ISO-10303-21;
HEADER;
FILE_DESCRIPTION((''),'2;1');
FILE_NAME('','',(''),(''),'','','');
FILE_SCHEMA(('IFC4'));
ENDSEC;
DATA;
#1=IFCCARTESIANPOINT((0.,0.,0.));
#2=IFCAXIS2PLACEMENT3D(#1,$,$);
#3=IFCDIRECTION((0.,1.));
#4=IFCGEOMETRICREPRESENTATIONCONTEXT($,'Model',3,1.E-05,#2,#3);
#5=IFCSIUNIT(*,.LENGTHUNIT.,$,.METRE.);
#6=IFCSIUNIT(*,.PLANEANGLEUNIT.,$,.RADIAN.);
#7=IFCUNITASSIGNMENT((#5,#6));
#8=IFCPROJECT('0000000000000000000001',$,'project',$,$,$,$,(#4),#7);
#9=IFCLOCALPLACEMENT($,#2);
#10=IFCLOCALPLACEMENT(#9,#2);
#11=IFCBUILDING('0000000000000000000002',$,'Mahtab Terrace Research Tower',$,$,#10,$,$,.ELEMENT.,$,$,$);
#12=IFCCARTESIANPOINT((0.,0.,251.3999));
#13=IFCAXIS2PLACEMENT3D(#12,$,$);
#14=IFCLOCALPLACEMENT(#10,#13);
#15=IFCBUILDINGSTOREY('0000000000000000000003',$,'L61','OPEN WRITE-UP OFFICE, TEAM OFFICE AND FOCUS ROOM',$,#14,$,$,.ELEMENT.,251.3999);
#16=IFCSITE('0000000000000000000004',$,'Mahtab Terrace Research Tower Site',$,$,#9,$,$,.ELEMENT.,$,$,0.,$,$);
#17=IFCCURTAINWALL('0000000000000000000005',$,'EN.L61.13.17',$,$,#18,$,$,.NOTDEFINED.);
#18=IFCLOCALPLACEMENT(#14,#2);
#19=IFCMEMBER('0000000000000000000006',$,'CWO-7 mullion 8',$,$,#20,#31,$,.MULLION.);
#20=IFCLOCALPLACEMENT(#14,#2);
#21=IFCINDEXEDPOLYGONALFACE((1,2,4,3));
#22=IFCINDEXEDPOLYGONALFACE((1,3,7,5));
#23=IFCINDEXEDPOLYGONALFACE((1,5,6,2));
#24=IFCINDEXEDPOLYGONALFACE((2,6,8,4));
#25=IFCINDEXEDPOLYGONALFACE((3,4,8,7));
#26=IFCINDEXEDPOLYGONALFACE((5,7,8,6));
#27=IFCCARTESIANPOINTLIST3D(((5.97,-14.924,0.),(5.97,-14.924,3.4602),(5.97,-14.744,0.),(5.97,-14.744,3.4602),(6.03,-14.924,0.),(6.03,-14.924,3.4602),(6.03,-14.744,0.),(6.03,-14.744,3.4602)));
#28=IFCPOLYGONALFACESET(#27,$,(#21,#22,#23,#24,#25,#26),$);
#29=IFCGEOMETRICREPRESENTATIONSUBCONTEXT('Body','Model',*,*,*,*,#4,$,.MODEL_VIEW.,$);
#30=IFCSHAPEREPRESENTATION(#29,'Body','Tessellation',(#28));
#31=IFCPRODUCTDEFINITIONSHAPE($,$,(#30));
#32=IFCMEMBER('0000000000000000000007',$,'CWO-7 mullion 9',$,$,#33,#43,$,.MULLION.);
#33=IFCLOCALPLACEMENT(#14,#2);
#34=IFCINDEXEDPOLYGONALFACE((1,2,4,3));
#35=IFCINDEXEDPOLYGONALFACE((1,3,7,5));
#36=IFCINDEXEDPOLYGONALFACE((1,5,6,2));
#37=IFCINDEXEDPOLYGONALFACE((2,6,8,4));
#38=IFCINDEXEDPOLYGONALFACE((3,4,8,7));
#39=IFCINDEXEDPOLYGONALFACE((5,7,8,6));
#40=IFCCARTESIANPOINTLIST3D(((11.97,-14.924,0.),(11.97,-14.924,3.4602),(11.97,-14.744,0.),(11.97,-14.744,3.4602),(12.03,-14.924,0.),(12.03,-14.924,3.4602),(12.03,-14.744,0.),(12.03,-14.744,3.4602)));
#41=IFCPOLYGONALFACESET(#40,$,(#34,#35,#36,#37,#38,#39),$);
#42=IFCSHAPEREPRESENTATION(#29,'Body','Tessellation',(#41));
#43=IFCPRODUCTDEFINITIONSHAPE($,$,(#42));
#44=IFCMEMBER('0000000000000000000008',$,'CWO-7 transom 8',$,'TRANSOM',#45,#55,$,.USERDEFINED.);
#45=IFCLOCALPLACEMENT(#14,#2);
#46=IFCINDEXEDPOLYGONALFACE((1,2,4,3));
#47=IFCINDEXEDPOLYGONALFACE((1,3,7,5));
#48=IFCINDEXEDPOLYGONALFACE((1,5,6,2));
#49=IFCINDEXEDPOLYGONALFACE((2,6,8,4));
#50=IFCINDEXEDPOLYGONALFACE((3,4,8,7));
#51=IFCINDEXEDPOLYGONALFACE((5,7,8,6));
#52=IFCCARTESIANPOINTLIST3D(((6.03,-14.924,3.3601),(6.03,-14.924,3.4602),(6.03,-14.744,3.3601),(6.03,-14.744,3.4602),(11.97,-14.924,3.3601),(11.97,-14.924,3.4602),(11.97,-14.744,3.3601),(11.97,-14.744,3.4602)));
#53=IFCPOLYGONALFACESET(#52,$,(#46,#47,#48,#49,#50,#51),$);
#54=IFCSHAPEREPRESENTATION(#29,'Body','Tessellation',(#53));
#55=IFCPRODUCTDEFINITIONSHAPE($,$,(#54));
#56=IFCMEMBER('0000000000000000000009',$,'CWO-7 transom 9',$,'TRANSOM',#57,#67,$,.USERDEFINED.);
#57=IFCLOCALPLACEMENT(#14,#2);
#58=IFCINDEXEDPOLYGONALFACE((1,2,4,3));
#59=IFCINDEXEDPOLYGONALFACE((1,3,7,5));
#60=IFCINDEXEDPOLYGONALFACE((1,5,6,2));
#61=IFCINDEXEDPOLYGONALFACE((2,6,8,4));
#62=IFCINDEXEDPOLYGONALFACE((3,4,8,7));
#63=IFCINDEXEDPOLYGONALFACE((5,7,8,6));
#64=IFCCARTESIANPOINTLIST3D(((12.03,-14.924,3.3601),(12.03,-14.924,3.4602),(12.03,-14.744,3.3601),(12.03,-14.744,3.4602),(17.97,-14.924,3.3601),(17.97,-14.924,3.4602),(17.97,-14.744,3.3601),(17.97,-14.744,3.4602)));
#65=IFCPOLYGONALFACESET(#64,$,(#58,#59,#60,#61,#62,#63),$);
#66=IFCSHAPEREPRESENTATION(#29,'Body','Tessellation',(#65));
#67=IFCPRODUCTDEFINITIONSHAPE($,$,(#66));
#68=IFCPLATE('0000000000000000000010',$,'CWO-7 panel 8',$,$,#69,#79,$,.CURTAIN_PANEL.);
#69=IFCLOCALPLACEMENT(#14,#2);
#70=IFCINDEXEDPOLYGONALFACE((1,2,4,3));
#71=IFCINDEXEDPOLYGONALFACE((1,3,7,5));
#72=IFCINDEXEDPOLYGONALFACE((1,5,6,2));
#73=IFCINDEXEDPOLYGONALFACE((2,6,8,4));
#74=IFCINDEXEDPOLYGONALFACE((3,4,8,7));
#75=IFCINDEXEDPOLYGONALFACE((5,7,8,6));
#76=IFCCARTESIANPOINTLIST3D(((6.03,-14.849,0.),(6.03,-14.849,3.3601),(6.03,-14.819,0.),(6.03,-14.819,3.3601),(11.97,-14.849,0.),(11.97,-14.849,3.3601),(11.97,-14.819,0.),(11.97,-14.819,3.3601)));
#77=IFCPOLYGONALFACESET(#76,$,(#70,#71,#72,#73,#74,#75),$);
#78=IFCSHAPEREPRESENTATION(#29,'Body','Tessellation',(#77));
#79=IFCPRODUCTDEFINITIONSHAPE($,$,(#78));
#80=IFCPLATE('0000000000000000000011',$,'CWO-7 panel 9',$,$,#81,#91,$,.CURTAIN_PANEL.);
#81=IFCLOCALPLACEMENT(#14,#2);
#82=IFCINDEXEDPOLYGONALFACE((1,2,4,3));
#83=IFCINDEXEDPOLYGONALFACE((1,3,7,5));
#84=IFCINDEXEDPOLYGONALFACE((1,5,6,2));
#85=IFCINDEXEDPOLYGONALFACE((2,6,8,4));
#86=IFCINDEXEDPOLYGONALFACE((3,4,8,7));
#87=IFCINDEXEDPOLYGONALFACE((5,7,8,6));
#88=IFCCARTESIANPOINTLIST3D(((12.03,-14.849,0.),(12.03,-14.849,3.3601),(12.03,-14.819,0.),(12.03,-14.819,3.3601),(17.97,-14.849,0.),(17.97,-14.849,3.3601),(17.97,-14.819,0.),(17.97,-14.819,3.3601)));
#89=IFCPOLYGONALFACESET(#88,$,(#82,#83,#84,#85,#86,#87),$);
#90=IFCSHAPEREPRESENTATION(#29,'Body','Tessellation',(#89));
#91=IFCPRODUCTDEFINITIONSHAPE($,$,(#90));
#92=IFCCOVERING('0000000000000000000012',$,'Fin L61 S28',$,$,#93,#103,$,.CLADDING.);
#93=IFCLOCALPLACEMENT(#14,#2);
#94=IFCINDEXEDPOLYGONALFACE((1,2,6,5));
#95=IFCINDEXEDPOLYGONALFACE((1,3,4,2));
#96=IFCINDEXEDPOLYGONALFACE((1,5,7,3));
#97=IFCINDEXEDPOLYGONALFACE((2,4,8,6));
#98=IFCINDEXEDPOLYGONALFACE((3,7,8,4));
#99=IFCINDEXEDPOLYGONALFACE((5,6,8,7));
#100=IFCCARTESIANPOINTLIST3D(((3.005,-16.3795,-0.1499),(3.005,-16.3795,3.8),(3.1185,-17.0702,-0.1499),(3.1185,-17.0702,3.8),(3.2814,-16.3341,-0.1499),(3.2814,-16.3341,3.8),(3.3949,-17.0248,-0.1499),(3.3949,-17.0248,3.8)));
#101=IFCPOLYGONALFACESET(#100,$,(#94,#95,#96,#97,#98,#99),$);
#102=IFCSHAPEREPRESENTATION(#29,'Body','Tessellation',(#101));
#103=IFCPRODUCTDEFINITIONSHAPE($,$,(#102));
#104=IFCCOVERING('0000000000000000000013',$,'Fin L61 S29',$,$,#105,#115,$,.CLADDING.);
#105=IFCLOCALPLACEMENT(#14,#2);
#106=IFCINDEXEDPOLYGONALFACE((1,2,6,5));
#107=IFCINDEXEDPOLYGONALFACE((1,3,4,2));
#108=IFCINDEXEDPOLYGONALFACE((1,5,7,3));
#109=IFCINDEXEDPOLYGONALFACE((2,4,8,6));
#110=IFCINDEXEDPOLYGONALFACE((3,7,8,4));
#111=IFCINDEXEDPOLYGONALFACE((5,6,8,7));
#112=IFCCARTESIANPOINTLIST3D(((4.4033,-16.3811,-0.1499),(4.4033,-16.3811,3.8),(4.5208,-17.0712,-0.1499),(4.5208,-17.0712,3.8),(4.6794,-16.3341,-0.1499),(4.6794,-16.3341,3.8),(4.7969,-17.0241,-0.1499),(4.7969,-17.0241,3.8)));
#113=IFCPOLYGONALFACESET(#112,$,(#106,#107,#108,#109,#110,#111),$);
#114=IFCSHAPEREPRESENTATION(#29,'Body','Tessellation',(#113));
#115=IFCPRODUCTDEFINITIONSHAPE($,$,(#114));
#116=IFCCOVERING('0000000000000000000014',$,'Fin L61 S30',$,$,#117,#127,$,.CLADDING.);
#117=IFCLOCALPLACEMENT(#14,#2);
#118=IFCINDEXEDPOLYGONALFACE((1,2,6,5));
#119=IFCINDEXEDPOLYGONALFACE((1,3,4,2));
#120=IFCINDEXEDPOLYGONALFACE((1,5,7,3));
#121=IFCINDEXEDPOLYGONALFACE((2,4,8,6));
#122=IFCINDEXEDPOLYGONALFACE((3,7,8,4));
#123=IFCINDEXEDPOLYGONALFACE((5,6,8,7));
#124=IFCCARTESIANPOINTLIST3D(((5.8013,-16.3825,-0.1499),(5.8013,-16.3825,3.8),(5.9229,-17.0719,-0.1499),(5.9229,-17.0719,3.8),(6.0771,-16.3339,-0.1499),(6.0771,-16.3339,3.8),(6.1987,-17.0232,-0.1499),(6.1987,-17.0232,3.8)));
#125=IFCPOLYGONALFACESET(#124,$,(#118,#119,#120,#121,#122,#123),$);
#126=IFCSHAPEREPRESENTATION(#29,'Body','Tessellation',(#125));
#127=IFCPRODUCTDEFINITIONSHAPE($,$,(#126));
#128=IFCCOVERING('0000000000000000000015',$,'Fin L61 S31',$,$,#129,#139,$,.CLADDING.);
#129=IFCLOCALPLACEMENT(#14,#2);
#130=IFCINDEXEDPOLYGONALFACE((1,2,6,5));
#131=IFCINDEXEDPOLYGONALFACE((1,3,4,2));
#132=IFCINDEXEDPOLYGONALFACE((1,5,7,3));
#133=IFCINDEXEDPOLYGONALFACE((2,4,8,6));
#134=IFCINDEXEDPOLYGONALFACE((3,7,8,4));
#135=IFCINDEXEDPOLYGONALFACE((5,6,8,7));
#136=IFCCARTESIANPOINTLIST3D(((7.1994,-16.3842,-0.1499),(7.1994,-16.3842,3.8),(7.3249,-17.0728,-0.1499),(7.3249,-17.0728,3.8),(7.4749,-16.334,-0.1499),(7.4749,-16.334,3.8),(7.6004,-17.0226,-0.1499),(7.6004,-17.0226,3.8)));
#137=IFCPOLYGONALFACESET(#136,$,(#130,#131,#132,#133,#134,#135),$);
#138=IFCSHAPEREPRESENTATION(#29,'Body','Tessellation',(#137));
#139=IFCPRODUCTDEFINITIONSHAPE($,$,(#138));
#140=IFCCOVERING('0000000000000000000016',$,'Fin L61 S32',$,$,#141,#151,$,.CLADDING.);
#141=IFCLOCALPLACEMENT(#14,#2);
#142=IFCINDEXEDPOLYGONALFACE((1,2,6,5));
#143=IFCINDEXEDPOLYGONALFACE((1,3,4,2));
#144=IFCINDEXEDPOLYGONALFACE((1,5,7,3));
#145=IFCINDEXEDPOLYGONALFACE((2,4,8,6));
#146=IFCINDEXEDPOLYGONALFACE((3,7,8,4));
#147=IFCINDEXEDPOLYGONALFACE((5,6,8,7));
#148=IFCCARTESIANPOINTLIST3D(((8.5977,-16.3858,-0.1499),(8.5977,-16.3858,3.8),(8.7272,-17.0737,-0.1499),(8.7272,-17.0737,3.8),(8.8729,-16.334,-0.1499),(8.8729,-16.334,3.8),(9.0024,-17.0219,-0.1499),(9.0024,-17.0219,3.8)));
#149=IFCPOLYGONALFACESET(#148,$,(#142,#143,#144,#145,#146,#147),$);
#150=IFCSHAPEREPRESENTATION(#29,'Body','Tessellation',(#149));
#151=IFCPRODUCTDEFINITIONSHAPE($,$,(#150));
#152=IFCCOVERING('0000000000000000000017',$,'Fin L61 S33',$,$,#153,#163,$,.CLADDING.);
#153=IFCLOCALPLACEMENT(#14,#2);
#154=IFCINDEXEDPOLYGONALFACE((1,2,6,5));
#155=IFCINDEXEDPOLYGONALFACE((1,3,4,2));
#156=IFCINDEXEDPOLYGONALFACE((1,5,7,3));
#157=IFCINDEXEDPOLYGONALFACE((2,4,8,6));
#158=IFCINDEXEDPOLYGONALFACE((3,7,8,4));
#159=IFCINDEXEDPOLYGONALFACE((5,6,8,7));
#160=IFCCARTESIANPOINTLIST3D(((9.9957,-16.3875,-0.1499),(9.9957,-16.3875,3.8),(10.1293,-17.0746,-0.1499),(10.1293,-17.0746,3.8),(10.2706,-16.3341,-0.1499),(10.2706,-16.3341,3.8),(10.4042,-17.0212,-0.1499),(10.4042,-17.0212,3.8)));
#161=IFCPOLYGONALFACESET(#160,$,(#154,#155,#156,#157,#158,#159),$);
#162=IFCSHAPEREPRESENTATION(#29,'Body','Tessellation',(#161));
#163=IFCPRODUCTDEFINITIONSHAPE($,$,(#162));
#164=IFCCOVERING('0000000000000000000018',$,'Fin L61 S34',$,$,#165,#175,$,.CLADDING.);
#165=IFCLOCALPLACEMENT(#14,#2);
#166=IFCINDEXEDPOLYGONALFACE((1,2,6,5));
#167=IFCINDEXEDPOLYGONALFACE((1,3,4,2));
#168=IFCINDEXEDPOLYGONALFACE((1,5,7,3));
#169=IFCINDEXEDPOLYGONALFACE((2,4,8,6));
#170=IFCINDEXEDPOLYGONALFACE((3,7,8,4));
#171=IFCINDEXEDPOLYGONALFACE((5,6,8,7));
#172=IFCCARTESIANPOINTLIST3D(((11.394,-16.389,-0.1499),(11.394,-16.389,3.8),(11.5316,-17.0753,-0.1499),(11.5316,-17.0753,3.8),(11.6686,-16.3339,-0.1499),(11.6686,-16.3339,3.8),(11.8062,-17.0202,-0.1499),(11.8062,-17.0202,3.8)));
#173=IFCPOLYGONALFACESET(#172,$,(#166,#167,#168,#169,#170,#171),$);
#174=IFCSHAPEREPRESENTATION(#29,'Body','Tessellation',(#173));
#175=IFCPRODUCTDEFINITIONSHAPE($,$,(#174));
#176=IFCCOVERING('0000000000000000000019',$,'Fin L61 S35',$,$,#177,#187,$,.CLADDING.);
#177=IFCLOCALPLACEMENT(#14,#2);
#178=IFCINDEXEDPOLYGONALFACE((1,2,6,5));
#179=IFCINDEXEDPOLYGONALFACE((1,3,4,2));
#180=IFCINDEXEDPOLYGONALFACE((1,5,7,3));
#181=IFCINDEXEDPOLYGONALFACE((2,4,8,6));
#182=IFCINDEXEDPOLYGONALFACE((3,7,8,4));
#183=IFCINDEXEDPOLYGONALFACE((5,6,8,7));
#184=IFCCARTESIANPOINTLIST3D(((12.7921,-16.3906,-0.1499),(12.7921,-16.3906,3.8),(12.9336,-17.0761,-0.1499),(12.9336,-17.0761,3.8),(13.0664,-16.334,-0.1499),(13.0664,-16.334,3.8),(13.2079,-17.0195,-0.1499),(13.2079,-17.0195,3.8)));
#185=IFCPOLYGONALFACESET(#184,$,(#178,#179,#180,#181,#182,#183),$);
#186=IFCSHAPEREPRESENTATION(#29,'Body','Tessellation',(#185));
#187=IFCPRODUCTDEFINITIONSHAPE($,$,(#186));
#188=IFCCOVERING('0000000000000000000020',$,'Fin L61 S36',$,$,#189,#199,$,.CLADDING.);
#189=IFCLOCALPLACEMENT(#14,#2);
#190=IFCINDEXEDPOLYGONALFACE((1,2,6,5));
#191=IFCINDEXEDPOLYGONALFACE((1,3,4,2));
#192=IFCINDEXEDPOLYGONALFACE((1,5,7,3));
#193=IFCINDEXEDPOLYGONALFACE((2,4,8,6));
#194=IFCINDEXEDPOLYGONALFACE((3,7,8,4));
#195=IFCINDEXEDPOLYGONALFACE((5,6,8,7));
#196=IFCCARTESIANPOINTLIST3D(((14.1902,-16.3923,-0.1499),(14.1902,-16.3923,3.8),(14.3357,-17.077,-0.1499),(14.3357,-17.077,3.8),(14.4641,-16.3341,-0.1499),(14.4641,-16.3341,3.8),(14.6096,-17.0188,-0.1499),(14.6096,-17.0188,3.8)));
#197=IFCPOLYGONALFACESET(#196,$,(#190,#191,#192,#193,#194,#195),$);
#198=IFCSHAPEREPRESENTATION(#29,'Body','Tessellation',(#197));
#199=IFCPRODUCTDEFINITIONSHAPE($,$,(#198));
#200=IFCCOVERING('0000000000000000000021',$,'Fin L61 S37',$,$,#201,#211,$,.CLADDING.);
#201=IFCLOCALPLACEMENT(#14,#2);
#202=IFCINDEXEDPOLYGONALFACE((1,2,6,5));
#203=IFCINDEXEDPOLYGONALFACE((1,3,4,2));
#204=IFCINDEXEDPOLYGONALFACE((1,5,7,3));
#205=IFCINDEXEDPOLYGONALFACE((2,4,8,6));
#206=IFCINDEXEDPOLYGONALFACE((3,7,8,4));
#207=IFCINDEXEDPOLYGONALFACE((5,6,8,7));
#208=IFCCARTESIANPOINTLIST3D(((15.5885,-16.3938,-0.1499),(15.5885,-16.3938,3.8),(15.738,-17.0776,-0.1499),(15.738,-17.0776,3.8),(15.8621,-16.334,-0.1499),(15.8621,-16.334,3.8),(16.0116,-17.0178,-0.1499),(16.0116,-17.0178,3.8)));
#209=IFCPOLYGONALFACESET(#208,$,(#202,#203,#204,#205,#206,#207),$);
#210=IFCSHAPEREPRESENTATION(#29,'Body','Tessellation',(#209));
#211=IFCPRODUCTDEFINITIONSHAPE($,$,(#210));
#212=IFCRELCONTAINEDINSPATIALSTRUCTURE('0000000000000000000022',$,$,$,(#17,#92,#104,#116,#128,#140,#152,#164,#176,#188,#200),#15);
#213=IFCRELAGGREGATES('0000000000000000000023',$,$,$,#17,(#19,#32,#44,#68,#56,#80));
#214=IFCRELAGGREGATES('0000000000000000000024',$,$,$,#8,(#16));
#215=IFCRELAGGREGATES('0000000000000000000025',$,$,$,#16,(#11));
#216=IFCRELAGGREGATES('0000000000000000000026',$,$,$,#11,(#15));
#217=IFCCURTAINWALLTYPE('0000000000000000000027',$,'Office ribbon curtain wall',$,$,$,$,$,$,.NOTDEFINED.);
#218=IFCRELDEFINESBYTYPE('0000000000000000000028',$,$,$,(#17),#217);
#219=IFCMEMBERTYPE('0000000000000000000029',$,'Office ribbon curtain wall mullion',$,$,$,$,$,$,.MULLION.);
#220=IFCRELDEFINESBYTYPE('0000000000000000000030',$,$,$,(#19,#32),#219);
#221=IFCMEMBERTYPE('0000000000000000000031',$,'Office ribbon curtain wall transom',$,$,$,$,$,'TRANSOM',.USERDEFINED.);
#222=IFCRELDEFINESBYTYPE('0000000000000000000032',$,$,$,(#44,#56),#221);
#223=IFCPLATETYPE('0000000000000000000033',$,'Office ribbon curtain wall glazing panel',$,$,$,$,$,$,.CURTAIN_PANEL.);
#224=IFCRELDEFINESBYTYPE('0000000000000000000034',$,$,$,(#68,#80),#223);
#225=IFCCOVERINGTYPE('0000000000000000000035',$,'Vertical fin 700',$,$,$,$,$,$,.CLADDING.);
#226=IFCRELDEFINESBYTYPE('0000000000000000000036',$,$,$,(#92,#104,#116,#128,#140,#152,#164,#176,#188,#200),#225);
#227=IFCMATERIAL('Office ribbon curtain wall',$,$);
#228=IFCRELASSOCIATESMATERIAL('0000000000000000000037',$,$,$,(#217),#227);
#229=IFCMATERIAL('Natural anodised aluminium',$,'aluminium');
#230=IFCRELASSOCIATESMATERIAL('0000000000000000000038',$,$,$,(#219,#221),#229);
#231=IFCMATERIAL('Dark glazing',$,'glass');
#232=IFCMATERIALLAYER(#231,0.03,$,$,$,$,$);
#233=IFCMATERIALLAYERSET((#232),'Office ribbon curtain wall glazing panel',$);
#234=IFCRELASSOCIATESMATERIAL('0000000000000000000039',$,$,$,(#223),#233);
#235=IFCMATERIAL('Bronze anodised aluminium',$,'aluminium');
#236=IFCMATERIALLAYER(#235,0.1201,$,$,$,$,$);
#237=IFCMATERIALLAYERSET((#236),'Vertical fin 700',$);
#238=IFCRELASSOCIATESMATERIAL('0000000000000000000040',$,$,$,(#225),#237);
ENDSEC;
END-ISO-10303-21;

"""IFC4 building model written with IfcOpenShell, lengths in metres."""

from ifc_helpers import new_model, si_unit, direction, frame, origin, origin_2d, place, context, subcontext, project, spatial, rectangle, extrude, material, layer, layer_set, material_profile, profile_set, type_object, element, aggregate, save


model = new_model("IFC4")

# Units and contexts
model_context = context("Model", 3, precision=1e-05, world=origin(), true_north=direction((0.0, 1.0)))
body_context = subcontext(model_context, "Body", "Model", "MODEL_VIEW")
ifc_project = project(units=[si_unit("LENGTHUNIT", "METRE"), si_unit("PLANEANGLEUNIT", "RADIAN")], contexts=[model_context])

# Site, building, storey
site_placement = place(None, origin())
site = spatial("IfcSite", under=ifc_project, at=site_placement, Name="Mahtab Terrace Research Tower Site", CompositionType="ELEMENT", RefElevation=0.0)
building_placement = place(site_placement, origin())
building = spatial("IfcBuilding", under=site, at=building_placement, Name="Mahtab Terrace Research Tower", CompositionType="ELEMENT")
storey_placement = place(building_placement, frame((0.0, 0.0, 251.3999)))
storey = spatial("IfcBuildingStorey", under=building, at=storey_placement, Name="L61", Description="OPEN WRITE-UP OFFICE, TEAM OFFICE AND FOCUS ROOM", CompositionType="ELEMENT", Elevation=251.3999)

# Curtain wall, members, plates
ifc_material_1 = material(Name="Office ribbon curtain wall")
curtain_wall_type = type_object("IfcCurtainWallType", Name="Office ribbon curtain wall", PredefinedType="NOTDEFINED", material=ifc_material_1)
curtain_wall_placement = place(storey_placement, origin())
curtain_wall = element("IfcCurtainWall", 1, at=curtain_wall_placement, inside=storey, type_object=curtain_wall_type, Name="EN.L61.13.17", PredefinedType="NOTDEFINED")
ifc_material_2 = material(Name="Natural anodised aluminium", Category="aluminium")
ifc_material_profile_1 = material_profile(ifc_material_2, rectangle(XDim=0.1799, YDim=0.0601, at=origin_2d()), Name="MULLION 60x180")
ifc_profile_set_1 = profile_set([ifc_material_profile_1], Name="Natural anodised aluminium")
member_type_1 = type_object("IfcMemberType", Name="Office ribbon curtain wall mullion", PredefinedType="MULLION", material=ifc_profile_set_1)
member_1_placement = place(storey_placement, frame((6.0, -14.834, 0.0), z_axis=(0.0, 0.0, 1.0), x_axis=(0.0, 1.0, 0.0)))
member_1 = element("IfcMember", 2, at=member_1_placement, type_object=member_type_1, Name="CWO-7 mullion 8", PredefinedType="MULLION", context=body_context, shape_type="SweptSolid", body=[
    extrude(rectangle(XDim=0.1799, YDim=0.0601, at=origin_2d()), origin(), (0.0, 0.0, 1.0), 3.4602),
])
member_2_placement = place(storey_placement, frame((12.0, -14.834, 0.0), z_axis=(0.0, 0.0, 1.0), x_axis=(0.0, 1.0, 0.0)))
member_2 = element("IfcMember", 3, at=member_2_placement, type_object=member_type_1, Name="CWO-7 mullion 9", PredefinedType="MULLION", context=body_context, shape_type="SweptSolid", body=[
    extrude(rectangle(XDim=0.1799, YDim=0.0601, at=origin_2d()), origin(), (0.0, 0.0, 1.0), 3.4602),
])
ifc_material_profile_2 = material_profile(ifc_material_2, rectangle(XDim=0.1799, YDim=0.1001, at=origin_2d()), Name="TRANSOM 100x180")
ifc_profile_set_2 = profile_set([ifc_material_profile_2], Name="Natural anodised aluminium")
member_type_2 = type_object("IfcMemberType", Name="Office ribbon curtain wall transom", ElementType="TRANSOM", PredefinedType="USERDEFINED", material=ifc_profile_set_2)
member_3_placement = place(storey_placement, frame((6.03, -14.834, 3.4102), z_axis=(1.0, 0.0, 0.0), x_axis=(0.0, 1.0, 0.0)))
member_3 = element("IfcMember", 4, at=member_3_placement, type_object=member_type_2, Name="CWO-7 transom 8", ObjectType="TRANSOM", PredefinedType="USERDEFINED", context=body_context, shape_type="SweptSolid", body=[
    extrude(rectangle(XDim=0.1799, YDim=0.1001, at=origin_2d()), origin(), (0.0, 0.0, 1.0), 5.9399),
])
member_4_placement = place(storey_placement, frame((12.03, -14.834, 3.4102), z_axis=(1.0, 0.0, 0.0), x_axis=(0.0, 1.0, 0.0)))
member_4 = element("IfcMember", 5, at=member_4_placement, type_object=member_type_2, Name="CWO-7 transom 9", ObjectType="TRANSOM", PredefinedType="USERDEFINED", context=body_context, shape_type="SweptSolid", body=[
    extrude(rectangle(XDim=0.1799, YDim=0.1001, at=origin_2d()), origin(), (0.0, 0.0, 1.0), 5.9399),
])
ifc_material_3 = material(Name="Dark glazing", Category="glass")
ifc_layer_1 = layer(ifc_material_3, 0.03)
ifc_layer_set_1 = layer_set([ifc_layer_1], Name="Office ribbon curtain wall glazing panel")
plate_type = type_object("IfcPlateType", Name="Office ribbon curtain wall glazing panel", PredefinedType="CURTAIN_PANEL", material=ifc_layer_set_1)
plate_1_placement = place(storey_placement, frame((9.0, -14.834, 0.0), z_axis=(0.0, 0.0, 1.0), x_axis=(1.0, 0.0, 0.0)))
plate_1 = element("IfcPlate", 6, at=plate_1_placement, type_object=plate_type, Name="CWO-7 panel 8", PredefinedType="CURTAIN_PANEL", context=body_context, shape_type="SweptSolid", body=[
    extrude(rectangle(XDim=5.9399, YDim=0.03, at=origin_2d()), origin(), (0.0, 0.0, 1.0), 3.3601),
])
plate_2_placement = place(storey_placement, frame((15.0, -14.834, 0.0), z_axis=(0.0, 0.0, 1.0), x_axis=(1.0, 0.0, 0.0)))
plate_2 = element("IfcPlate", 7, at=plate_2_placement, type_object=plate_type, Name="CWO-7 panel 9", PredefinedType="CURTAIN_PANEL", context=body_context, shape_type="SweptSolid", body=[
    extrude(rectangle(XDim=5.9399, YDim=0.03, at=origin_2d()), origin(), (0.0, 0.0, 1.0), 3.3601),
])
aggregate(curtain_wall, [member_1, member_2, member_3, plate_1, member_4, plate_2])

# Coverings
ifc_material_4 = material(Name="Bronze anodised aluminium", Category="aluminium")
ifc_layer_2 = layer(ifc_material_4, 0.1201)
ifc_layer_set_2 = layer_set([ifc_layer_2], Name="Vertical fin 700")
covering_type = type_object("IfcCoveringType", Name="Vertical fin 700", PredefinedType="CLADDING", material=ifc_layer_set_2)
for number, where, z_axis, x_axis, name in (
    (8, (3.2, -16.7021, -0.1499), (0.0, 0.0, 1.0), (0.986762, 0.162178, 0.0), "Fin L61 S28"),
    (9, (4.6001, -16.7026, -0.1499), (0.0, 0.0, 1.0), (0.985801, 0.167916, 0.0), "Fin L61 S29"),
    (10, (6.0, -16.7029, -0.1499), (0.0, 0.0, 1.0), (0.984808, 0.173648, 0.0), "Fin L61 S30"),
    (11, (7.3999, -16.7034, -0.1499), (0.0, 0.0, 1.0), (0.983781, 0.179375, 0.0), "Fin L61 S31"),
    (12, (8.8, -16.7039, -0.1499), (0.0, 0.0, 1.0), (0.982721, 0.185095, 0.0), "Fin L61 S32"),
    (13, (10.2, -16.7043, -0.1499), (0.0, 0.0, 1.0), (0.981627, 0.190809, 0.0), "Fin L61 S33"),
    (14, (11.6001, -16.7046, -0.1499), (0.0, 0.0, 1.0), (0.9805, 0.196517, 0.0), "Fin L61 S34"),
    (15, (13.0, -16.7051, -0.1499), (0.0, 0.0, 1.0), (0.979341, 0.202218, 0.0), "Fin L61 S35"),
    (16, (14.3999, -16.7056, -0.1499), (0.0, 0.0, 1.0), (0.978148, 0.207912, 0.0), "Fin L61 S36"),
    (17, (15.8, -16.7058, -0.1499), (0.0, 0.0, 1.0), (0.976921, 0.213599, 0.0), "Fin L61 S37"),
):
    element("IfcCovering", number, at=place(storey_placement, frame(where, z_axis=z_axis, x_axis=x_axis)), inside=storey, type_object=covering_type, Name=name, PredefinedType="CLADDING", context=body_context, shape_type="SweptSolid", body=[
        extrude(rectangle(XDim=0.28, YDim=0.7, at=origin_2d()), origin(), (0.0, 0.0, 1.0), 3.95),
    ])

save(model, "model.ifc")
